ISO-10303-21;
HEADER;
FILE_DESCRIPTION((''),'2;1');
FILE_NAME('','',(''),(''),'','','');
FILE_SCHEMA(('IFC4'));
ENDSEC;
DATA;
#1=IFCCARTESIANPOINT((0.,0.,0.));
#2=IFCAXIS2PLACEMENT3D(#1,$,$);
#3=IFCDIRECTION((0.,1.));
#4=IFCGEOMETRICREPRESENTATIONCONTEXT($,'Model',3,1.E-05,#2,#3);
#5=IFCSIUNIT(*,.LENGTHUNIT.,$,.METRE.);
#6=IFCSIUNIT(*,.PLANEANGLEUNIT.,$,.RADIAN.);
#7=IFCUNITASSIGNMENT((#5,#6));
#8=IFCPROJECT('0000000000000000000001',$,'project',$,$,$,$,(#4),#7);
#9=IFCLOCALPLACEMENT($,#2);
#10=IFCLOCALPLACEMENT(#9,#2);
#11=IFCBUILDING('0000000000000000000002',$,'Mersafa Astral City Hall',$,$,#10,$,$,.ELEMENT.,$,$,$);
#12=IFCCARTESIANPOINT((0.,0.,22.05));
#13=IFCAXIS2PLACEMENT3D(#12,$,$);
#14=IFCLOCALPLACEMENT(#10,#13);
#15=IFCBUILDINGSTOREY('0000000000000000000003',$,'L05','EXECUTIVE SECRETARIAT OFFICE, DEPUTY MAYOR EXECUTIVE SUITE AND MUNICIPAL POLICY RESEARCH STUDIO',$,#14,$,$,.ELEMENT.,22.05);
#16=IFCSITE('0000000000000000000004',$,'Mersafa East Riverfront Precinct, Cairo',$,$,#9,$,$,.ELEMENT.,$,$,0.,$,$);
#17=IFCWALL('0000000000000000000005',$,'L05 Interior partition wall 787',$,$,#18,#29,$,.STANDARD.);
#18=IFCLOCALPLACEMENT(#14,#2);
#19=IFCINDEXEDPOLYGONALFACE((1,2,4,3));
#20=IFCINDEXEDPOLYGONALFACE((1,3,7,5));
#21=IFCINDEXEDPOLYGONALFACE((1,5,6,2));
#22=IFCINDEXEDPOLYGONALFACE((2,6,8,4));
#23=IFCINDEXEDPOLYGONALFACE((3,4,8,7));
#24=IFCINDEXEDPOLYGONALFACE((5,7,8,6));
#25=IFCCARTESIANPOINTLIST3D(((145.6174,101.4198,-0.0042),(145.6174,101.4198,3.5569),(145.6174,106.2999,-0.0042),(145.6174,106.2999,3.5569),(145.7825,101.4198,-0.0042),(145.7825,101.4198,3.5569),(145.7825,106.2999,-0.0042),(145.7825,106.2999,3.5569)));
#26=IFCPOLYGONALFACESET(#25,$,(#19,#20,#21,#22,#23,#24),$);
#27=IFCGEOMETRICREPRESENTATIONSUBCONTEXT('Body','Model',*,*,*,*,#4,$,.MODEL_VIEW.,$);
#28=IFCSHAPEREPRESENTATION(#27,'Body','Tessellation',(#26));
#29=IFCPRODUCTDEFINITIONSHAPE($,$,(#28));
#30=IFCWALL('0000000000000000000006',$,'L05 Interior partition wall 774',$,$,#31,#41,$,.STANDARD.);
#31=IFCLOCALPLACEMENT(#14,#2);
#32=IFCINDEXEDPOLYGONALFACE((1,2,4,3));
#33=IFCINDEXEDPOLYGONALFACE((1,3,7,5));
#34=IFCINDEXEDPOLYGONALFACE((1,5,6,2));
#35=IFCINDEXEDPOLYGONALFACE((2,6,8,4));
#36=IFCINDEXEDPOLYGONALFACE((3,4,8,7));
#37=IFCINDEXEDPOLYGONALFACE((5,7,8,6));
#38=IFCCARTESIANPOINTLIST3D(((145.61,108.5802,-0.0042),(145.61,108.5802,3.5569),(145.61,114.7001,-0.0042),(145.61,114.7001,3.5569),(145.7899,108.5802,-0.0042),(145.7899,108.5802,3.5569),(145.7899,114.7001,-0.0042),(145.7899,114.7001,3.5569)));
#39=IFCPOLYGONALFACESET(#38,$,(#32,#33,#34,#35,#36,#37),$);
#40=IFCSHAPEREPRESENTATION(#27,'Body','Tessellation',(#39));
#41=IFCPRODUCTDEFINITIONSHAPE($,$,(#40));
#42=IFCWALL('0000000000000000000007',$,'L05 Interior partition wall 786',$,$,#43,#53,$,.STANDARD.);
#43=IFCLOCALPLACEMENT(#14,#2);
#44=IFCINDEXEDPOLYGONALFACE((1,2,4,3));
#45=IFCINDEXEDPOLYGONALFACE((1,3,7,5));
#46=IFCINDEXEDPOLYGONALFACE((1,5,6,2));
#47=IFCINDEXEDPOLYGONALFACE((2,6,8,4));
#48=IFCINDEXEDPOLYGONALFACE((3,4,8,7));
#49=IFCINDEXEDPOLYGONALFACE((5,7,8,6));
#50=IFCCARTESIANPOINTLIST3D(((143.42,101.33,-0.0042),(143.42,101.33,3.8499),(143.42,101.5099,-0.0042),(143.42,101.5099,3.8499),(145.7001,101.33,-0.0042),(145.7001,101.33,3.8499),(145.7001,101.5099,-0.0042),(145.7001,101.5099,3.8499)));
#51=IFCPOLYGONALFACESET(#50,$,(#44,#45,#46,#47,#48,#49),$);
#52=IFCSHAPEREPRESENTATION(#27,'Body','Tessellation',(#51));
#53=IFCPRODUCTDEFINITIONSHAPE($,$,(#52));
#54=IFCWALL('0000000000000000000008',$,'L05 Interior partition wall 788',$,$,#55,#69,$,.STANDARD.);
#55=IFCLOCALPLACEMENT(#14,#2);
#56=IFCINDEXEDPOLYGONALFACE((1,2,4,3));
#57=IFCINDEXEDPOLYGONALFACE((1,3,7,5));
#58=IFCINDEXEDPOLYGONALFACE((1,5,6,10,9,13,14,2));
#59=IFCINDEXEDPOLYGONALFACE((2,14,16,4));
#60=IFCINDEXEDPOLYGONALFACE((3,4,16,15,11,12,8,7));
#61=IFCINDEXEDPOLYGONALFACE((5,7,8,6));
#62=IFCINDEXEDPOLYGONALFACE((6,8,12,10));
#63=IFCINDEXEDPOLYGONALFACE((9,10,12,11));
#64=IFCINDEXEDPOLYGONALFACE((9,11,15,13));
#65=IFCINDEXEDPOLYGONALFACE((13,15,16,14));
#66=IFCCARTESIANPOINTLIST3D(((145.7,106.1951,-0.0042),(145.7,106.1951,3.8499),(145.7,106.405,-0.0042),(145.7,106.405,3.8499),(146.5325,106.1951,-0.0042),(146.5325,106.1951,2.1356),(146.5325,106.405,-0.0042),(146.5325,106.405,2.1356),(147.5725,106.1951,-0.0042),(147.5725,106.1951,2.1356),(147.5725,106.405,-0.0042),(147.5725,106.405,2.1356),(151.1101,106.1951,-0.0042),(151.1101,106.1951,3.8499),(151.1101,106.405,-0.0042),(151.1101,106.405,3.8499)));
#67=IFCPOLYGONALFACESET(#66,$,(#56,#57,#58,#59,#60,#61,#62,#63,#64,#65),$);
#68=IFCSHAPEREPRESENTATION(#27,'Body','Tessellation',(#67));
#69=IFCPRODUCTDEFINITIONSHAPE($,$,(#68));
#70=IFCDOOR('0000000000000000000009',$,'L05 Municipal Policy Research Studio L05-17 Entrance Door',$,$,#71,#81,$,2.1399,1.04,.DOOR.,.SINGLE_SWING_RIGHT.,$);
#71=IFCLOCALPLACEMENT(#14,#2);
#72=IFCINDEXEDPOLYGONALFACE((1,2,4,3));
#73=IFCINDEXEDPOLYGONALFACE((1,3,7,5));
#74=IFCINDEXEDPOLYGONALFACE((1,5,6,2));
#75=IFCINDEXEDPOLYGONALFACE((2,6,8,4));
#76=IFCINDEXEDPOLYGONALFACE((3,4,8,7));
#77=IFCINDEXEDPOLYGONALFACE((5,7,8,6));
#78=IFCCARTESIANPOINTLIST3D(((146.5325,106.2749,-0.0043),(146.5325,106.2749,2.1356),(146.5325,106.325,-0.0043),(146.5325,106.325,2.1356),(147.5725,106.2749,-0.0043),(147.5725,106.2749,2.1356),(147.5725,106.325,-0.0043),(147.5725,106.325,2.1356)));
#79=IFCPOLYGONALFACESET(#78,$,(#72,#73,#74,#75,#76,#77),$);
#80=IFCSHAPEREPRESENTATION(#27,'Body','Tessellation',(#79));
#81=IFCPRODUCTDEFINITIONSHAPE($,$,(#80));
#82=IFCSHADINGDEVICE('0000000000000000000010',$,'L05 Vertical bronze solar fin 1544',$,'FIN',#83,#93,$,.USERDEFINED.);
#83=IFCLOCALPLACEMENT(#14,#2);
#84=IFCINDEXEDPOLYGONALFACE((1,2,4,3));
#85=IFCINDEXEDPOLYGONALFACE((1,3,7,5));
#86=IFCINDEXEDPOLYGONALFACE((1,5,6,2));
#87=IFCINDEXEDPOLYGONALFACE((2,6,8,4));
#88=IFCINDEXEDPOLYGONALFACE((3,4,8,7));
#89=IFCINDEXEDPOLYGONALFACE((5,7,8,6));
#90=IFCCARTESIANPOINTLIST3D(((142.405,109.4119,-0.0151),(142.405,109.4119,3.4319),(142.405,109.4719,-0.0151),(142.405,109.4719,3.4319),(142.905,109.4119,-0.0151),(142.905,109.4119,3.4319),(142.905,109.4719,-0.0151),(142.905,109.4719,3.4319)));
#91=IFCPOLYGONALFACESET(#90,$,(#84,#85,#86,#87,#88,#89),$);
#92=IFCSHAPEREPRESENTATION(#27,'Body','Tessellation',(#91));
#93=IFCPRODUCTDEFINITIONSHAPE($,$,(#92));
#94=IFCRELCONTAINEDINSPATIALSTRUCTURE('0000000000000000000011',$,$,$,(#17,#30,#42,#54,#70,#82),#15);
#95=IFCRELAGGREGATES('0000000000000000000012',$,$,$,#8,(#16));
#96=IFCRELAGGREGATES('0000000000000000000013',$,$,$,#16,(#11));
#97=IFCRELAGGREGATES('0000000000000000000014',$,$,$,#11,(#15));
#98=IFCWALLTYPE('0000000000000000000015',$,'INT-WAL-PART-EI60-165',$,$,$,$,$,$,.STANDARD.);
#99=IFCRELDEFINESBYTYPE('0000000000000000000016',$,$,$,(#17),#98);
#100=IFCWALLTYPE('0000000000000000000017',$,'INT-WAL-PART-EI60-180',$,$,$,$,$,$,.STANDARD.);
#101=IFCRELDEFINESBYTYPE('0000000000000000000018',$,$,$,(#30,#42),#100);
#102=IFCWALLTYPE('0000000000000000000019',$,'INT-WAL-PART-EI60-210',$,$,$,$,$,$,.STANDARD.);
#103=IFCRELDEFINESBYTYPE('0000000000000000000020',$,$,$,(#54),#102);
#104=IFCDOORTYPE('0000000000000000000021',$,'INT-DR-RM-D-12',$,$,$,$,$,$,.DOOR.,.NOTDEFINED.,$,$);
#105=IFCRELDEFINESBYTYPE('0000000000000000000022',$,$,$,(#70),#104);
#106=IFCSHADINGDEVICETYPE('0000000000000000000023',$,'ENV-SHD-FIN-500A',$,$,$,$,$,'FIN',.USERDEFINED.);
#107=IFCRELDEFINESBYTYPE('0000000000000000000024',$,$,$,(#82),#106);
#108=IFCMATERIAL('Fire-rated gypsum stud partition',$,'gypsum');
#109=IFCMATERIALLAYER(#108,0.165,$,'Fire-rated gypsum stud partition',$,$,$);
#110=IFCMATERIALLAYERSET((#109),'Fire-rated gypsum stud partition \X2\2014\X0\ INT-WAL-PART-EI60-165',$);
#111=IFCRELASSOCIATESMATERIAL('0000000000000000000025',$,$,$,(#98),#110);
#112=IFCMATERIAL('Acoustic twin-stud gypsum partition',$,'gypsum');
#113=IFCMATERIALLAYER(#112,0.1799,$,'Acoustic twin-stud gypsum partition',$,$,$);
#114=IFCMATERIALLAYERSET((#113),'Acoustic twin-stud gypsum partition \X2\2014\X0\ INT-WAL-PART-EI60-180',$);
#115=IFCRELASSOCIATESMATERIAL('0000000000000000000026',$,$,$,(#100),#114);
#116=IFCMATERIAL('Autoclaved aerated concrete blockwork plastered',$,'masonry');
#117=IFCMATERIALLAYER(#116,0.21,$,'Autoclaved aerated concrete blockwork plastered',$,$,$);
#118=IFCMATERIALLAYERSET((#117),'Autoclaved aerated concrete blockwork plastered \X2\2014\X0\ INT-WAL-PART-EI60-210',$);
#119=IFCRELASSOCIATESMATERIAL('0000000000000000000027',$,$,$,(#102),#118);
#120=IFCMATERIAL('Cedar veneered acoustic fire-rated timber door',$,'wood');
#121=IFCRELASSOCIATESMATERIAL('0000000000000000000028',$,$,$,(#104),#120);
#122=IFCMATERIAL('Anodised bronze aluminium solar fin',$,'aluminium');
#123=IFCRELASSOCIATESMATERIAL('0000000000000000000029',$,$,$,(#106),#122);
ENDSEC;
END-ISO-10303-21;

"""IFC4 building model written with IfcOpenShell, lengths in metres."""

from ifc_helpers import new_model, si_unit, direction, frame, frame_2d, origin, origin_2d, place, context, subcontext, project, spatial, rectangle, extrude, material, layer, layer_set, type_object, element, fill, save


model = new_model("IFC4")

# Units and contexts
model_context = context("Model", 3, precision=1e-05, world=origin(), true_north=direction((0.0, 1.0)))
body_context = subcontext(model_context, "Body", "Model", "MODEL_VIEW")
ifc_project = project(units=[si_unit("LENGTHUNIT", "METRE"), si_unit("PLANEANGLEUNIT", "RADIAN")], contexts=[model_context])

# Site, building, storey
site_placement = place(None, origin())
site = spatial("IfcSite", under=ifc_project, at=site_placement, Name="Mersafa East Riverfront Precinct, Cairo", CompositionType="ELEMENT", RefElevation=0.0)
building_placement = place(site_placement, origin())
building = spatial("IfcBuilding", under=site, at=building_placement, Name="Mersafa Astral City Hall", CompositionType="ELEMENT")
storey_placement = place(building_placement, frame((0.0, 0.0, 22.05)))
storey = spatial("IfcBuildingStorey", under=building, at=storey_placement, Name="L05", Description="EXECUTIVE SECRETARIAT OFFICE, DEPUTY MAYOR EXECUTIVE SUITE AND MUNICIPAL POLICY RESEARCH STUDIO", CompositionType="ELEMENT", Elevation=22.05)

# Walls
ifc_material_1 = material(Name="Fire-rated gypsum stud partition", Category="gypsum")
ifc_layer_1 = layer(ifc_material_1, 0.165, Name="Fire-rated gypsum stud partition")
ifc_layer_set_1 = layer_set([ifc_layer_1], Name="Fire-rated gypsum stud partition — INT-WAL-PART-EI60-165")
wall_type_1 = type_object("IfcWallType", Name="INT-WAL-PART-EI60-165", PredefinedType="STANDARD", material=ifc_layer_set_1)
wall_1_placement = place(storey_placement, frame((145.7, 101.4199, -0.0042), z_axis=(0.0, 0.0, 1.0), x_axis=(0.0, 1.0, 0.0)))
element("IfcWall", 1, at=wall_1_placement, inside=storey, type_object=wall_type_1, Name="L05 Interior partition wall 787", PredefinedType="STANDARD", context=body_context, shape_type="SweptSolid", body=[
    extrude(rectangle(XDim=4.8801, YDim=0.165, at=frame_2d((2.4399, 0.0))), origin(), (0.0, 0.0, 1.0), 3.561),
])
ifc_material_2 = material(Name="Acoustic twin-stud gypsum partition", Category="gypsum")
ifc_layer_2 = layer(ifc_material_2, 0.1799, Name="Acoustic twin-stud gypsum partition")
ifc_layer_set_2 = layer_set([ifc_layer_2], Name="Acoustic twin-stud gypsum partition — INT-WAL-PART-EI60-180")
wall_type_2 = type_object("IfcWallType", Name="INT-WAL-PART-EI60-180", PredefinedType="STANDARD", material=ifc_layer_set_2)
wall_2_placement = place(storey_placement, frame((145.7, 108.5801, -0.0042), z_axis=(0.0, 0.0, 1.0), x_axis=(0.0, 1.0, 0.0)))
element("IfcWall", 2, at=wall_2_placement, inside=storey, type_object=wall_type_2, Name="L05 Interior partition wall 774", PredefinedType="STANDARD", context=body_context, shape_type="SweptSolid", body=[
    extrude(rectangle(XDim=6.1199, YDim=0.1799, at=frame_2d((3.0601, 0.0))), origin(), (0.0, 0.0, 1.0), 3.561),
])
wall_3_placement = place(storey_placement, frame((143.4199, 101.4199, -0.0042), z_axis=(0.0, 0.0, 1.0), x_axis=(1.0, 0.0, 0.0)))
element("IfcWall", 3, at=wall_3_placement, inside=storey, type_object=wall_type_2, Name="L05 Interior partition wall 786", PredefinedType="STANDARD", context=body_context, shape_type="SweptSolid", body=[
    extrude(rectangle(XDim=2.28, YDim=0.1799, at=frame_2d((1.1401, 0.0))), origin(), (0.0, 0.0, 1.0), 3.854),
])

# Wall, opening, door
ifc_material_3 = material(Name="Autoclaved aerated concrete blockwork plastered", Category="masonry")
ifc_layer_3 = layer(ifc_material_3, 0.21, Name="Autoclaved aerated concrete blockwork plastered")
ifc_layer_set_3 = layer_set([ifc_layer_3], Name="Autoclaved aerated concrete blockwork plastered — INT-WAL-PART-EI60-210")
wall_type_3 = type_object("IfcWallType", Name="INT-WAL-PART-EI60-210", PredefinedType="STANDARD", material=ifc_layer_set_3)
wall_4_placement = place(storey_placement, frame((145.7, 106.3, -0.0042), z_axis=(0.0, 0.0, 1.0), x_axis=(1.0, 0.0, 0.0)))
wall_4 = element("IfcWall", 4, at=wall_4_placement, inside=storey, type_object=wall_type_3, Name="L05 Interior partition wall 788", PredefinedType="STANDARD", context=body_context, shape_type="SweptSolid", body=[
    extrude(rectangle(XDim=5.4102, YDim=0.21, at=frame_2d((2.7051, 0.0))), origin(), (0.0, 0.0, 1.0), 3.854),
])
opening_1_placement = place(wall_4_placement, frame((0.8325, 0.0, 0.0)))
opening_1 = element("IfcOpeningElement", 5, at=opening_1_placement, cuts=wall_4, PredefinedType="OPENING", context=body_context, shape_type="SweptSolid", body=[
    extrude(rectangle(XDim=1.04, YDim=2.1399, at=frame_2d((0.52, 1.0698))), frame((0.0, 0.115, 0.0), z_axis=(0.0, -1.0, 0.0), x_axis=(1.0, 0.0, 0.0)), (0.0, 0.0, 1.0), 0.23),
])
ifc_material_4 = material(Name="Cedar veneered acoustic fire-rated timber door", Category="wood")
door_type = type_object("IfcDoorType", Name="INT-DR-RM-D-12", OperationType="NOTDEFINED", PredefinedType="DOOR", material=ifc_material_4)
door_placement = place(opening_1_placement, origin())
door = element("IfcDoor", 6, at=door_placement, inside=storey, type_object=door_type, Name="L05 Municipal Policy Research Studio L05-17 Entrance Door", OperationType="SINGLE_SWING_RIGHT", OverallHeight=2.1399, OverallWidth=1.04, PredefinedType="DOOR", context=body_context, shape_type="SweptSolid", body=[
    extrude(rectangle(XDim=1.04, YDim=2.1399, at=frame_2d((0.52, 1.0698))), frame((0.0, 0.0249, 0.0), z_axis=(0.0, -1.0, 0.0), x_axis=(1.0, 0.0, 0.0)), (0.0, 0.0, 1.0), 0.05),
])
fill(opening_1, door)

# Shading device
ifc_material_5 = material(Name="Anodised bronze aluminium solar fin", Category="aluminium")
shading_device_type = type_object("IfcShadingDeviceType", Name="ENV-SHD-FIN-500A", ElementType="FIN", PredefinedType="USERDEFINED", material=ifc_material_5)
shading_device_placement = place(storey_placement, frame((142.655, 109.4419, -0.0151), z_axis=(0.0, 0.0, 1.0), x_axis=(0.0, -1.0, 0.0)))
element("IfcShadingDevice", 7, at=shading_device_placement, inside=storey, type_object=shading_device_type, Name="L05 Vertical bronze solar fin 1544", ObjectType="FIN", PredefinedType="USERDEFINED", context=body_context, shape_type="SweptSolid", body=[
    extrude(rectangle(XDim=0.0601, YDim=0.5, at=origin_2d()), origin(), (0.0, 0.0, 1.0), 3.447),
])

save(model, "model.ifc")
